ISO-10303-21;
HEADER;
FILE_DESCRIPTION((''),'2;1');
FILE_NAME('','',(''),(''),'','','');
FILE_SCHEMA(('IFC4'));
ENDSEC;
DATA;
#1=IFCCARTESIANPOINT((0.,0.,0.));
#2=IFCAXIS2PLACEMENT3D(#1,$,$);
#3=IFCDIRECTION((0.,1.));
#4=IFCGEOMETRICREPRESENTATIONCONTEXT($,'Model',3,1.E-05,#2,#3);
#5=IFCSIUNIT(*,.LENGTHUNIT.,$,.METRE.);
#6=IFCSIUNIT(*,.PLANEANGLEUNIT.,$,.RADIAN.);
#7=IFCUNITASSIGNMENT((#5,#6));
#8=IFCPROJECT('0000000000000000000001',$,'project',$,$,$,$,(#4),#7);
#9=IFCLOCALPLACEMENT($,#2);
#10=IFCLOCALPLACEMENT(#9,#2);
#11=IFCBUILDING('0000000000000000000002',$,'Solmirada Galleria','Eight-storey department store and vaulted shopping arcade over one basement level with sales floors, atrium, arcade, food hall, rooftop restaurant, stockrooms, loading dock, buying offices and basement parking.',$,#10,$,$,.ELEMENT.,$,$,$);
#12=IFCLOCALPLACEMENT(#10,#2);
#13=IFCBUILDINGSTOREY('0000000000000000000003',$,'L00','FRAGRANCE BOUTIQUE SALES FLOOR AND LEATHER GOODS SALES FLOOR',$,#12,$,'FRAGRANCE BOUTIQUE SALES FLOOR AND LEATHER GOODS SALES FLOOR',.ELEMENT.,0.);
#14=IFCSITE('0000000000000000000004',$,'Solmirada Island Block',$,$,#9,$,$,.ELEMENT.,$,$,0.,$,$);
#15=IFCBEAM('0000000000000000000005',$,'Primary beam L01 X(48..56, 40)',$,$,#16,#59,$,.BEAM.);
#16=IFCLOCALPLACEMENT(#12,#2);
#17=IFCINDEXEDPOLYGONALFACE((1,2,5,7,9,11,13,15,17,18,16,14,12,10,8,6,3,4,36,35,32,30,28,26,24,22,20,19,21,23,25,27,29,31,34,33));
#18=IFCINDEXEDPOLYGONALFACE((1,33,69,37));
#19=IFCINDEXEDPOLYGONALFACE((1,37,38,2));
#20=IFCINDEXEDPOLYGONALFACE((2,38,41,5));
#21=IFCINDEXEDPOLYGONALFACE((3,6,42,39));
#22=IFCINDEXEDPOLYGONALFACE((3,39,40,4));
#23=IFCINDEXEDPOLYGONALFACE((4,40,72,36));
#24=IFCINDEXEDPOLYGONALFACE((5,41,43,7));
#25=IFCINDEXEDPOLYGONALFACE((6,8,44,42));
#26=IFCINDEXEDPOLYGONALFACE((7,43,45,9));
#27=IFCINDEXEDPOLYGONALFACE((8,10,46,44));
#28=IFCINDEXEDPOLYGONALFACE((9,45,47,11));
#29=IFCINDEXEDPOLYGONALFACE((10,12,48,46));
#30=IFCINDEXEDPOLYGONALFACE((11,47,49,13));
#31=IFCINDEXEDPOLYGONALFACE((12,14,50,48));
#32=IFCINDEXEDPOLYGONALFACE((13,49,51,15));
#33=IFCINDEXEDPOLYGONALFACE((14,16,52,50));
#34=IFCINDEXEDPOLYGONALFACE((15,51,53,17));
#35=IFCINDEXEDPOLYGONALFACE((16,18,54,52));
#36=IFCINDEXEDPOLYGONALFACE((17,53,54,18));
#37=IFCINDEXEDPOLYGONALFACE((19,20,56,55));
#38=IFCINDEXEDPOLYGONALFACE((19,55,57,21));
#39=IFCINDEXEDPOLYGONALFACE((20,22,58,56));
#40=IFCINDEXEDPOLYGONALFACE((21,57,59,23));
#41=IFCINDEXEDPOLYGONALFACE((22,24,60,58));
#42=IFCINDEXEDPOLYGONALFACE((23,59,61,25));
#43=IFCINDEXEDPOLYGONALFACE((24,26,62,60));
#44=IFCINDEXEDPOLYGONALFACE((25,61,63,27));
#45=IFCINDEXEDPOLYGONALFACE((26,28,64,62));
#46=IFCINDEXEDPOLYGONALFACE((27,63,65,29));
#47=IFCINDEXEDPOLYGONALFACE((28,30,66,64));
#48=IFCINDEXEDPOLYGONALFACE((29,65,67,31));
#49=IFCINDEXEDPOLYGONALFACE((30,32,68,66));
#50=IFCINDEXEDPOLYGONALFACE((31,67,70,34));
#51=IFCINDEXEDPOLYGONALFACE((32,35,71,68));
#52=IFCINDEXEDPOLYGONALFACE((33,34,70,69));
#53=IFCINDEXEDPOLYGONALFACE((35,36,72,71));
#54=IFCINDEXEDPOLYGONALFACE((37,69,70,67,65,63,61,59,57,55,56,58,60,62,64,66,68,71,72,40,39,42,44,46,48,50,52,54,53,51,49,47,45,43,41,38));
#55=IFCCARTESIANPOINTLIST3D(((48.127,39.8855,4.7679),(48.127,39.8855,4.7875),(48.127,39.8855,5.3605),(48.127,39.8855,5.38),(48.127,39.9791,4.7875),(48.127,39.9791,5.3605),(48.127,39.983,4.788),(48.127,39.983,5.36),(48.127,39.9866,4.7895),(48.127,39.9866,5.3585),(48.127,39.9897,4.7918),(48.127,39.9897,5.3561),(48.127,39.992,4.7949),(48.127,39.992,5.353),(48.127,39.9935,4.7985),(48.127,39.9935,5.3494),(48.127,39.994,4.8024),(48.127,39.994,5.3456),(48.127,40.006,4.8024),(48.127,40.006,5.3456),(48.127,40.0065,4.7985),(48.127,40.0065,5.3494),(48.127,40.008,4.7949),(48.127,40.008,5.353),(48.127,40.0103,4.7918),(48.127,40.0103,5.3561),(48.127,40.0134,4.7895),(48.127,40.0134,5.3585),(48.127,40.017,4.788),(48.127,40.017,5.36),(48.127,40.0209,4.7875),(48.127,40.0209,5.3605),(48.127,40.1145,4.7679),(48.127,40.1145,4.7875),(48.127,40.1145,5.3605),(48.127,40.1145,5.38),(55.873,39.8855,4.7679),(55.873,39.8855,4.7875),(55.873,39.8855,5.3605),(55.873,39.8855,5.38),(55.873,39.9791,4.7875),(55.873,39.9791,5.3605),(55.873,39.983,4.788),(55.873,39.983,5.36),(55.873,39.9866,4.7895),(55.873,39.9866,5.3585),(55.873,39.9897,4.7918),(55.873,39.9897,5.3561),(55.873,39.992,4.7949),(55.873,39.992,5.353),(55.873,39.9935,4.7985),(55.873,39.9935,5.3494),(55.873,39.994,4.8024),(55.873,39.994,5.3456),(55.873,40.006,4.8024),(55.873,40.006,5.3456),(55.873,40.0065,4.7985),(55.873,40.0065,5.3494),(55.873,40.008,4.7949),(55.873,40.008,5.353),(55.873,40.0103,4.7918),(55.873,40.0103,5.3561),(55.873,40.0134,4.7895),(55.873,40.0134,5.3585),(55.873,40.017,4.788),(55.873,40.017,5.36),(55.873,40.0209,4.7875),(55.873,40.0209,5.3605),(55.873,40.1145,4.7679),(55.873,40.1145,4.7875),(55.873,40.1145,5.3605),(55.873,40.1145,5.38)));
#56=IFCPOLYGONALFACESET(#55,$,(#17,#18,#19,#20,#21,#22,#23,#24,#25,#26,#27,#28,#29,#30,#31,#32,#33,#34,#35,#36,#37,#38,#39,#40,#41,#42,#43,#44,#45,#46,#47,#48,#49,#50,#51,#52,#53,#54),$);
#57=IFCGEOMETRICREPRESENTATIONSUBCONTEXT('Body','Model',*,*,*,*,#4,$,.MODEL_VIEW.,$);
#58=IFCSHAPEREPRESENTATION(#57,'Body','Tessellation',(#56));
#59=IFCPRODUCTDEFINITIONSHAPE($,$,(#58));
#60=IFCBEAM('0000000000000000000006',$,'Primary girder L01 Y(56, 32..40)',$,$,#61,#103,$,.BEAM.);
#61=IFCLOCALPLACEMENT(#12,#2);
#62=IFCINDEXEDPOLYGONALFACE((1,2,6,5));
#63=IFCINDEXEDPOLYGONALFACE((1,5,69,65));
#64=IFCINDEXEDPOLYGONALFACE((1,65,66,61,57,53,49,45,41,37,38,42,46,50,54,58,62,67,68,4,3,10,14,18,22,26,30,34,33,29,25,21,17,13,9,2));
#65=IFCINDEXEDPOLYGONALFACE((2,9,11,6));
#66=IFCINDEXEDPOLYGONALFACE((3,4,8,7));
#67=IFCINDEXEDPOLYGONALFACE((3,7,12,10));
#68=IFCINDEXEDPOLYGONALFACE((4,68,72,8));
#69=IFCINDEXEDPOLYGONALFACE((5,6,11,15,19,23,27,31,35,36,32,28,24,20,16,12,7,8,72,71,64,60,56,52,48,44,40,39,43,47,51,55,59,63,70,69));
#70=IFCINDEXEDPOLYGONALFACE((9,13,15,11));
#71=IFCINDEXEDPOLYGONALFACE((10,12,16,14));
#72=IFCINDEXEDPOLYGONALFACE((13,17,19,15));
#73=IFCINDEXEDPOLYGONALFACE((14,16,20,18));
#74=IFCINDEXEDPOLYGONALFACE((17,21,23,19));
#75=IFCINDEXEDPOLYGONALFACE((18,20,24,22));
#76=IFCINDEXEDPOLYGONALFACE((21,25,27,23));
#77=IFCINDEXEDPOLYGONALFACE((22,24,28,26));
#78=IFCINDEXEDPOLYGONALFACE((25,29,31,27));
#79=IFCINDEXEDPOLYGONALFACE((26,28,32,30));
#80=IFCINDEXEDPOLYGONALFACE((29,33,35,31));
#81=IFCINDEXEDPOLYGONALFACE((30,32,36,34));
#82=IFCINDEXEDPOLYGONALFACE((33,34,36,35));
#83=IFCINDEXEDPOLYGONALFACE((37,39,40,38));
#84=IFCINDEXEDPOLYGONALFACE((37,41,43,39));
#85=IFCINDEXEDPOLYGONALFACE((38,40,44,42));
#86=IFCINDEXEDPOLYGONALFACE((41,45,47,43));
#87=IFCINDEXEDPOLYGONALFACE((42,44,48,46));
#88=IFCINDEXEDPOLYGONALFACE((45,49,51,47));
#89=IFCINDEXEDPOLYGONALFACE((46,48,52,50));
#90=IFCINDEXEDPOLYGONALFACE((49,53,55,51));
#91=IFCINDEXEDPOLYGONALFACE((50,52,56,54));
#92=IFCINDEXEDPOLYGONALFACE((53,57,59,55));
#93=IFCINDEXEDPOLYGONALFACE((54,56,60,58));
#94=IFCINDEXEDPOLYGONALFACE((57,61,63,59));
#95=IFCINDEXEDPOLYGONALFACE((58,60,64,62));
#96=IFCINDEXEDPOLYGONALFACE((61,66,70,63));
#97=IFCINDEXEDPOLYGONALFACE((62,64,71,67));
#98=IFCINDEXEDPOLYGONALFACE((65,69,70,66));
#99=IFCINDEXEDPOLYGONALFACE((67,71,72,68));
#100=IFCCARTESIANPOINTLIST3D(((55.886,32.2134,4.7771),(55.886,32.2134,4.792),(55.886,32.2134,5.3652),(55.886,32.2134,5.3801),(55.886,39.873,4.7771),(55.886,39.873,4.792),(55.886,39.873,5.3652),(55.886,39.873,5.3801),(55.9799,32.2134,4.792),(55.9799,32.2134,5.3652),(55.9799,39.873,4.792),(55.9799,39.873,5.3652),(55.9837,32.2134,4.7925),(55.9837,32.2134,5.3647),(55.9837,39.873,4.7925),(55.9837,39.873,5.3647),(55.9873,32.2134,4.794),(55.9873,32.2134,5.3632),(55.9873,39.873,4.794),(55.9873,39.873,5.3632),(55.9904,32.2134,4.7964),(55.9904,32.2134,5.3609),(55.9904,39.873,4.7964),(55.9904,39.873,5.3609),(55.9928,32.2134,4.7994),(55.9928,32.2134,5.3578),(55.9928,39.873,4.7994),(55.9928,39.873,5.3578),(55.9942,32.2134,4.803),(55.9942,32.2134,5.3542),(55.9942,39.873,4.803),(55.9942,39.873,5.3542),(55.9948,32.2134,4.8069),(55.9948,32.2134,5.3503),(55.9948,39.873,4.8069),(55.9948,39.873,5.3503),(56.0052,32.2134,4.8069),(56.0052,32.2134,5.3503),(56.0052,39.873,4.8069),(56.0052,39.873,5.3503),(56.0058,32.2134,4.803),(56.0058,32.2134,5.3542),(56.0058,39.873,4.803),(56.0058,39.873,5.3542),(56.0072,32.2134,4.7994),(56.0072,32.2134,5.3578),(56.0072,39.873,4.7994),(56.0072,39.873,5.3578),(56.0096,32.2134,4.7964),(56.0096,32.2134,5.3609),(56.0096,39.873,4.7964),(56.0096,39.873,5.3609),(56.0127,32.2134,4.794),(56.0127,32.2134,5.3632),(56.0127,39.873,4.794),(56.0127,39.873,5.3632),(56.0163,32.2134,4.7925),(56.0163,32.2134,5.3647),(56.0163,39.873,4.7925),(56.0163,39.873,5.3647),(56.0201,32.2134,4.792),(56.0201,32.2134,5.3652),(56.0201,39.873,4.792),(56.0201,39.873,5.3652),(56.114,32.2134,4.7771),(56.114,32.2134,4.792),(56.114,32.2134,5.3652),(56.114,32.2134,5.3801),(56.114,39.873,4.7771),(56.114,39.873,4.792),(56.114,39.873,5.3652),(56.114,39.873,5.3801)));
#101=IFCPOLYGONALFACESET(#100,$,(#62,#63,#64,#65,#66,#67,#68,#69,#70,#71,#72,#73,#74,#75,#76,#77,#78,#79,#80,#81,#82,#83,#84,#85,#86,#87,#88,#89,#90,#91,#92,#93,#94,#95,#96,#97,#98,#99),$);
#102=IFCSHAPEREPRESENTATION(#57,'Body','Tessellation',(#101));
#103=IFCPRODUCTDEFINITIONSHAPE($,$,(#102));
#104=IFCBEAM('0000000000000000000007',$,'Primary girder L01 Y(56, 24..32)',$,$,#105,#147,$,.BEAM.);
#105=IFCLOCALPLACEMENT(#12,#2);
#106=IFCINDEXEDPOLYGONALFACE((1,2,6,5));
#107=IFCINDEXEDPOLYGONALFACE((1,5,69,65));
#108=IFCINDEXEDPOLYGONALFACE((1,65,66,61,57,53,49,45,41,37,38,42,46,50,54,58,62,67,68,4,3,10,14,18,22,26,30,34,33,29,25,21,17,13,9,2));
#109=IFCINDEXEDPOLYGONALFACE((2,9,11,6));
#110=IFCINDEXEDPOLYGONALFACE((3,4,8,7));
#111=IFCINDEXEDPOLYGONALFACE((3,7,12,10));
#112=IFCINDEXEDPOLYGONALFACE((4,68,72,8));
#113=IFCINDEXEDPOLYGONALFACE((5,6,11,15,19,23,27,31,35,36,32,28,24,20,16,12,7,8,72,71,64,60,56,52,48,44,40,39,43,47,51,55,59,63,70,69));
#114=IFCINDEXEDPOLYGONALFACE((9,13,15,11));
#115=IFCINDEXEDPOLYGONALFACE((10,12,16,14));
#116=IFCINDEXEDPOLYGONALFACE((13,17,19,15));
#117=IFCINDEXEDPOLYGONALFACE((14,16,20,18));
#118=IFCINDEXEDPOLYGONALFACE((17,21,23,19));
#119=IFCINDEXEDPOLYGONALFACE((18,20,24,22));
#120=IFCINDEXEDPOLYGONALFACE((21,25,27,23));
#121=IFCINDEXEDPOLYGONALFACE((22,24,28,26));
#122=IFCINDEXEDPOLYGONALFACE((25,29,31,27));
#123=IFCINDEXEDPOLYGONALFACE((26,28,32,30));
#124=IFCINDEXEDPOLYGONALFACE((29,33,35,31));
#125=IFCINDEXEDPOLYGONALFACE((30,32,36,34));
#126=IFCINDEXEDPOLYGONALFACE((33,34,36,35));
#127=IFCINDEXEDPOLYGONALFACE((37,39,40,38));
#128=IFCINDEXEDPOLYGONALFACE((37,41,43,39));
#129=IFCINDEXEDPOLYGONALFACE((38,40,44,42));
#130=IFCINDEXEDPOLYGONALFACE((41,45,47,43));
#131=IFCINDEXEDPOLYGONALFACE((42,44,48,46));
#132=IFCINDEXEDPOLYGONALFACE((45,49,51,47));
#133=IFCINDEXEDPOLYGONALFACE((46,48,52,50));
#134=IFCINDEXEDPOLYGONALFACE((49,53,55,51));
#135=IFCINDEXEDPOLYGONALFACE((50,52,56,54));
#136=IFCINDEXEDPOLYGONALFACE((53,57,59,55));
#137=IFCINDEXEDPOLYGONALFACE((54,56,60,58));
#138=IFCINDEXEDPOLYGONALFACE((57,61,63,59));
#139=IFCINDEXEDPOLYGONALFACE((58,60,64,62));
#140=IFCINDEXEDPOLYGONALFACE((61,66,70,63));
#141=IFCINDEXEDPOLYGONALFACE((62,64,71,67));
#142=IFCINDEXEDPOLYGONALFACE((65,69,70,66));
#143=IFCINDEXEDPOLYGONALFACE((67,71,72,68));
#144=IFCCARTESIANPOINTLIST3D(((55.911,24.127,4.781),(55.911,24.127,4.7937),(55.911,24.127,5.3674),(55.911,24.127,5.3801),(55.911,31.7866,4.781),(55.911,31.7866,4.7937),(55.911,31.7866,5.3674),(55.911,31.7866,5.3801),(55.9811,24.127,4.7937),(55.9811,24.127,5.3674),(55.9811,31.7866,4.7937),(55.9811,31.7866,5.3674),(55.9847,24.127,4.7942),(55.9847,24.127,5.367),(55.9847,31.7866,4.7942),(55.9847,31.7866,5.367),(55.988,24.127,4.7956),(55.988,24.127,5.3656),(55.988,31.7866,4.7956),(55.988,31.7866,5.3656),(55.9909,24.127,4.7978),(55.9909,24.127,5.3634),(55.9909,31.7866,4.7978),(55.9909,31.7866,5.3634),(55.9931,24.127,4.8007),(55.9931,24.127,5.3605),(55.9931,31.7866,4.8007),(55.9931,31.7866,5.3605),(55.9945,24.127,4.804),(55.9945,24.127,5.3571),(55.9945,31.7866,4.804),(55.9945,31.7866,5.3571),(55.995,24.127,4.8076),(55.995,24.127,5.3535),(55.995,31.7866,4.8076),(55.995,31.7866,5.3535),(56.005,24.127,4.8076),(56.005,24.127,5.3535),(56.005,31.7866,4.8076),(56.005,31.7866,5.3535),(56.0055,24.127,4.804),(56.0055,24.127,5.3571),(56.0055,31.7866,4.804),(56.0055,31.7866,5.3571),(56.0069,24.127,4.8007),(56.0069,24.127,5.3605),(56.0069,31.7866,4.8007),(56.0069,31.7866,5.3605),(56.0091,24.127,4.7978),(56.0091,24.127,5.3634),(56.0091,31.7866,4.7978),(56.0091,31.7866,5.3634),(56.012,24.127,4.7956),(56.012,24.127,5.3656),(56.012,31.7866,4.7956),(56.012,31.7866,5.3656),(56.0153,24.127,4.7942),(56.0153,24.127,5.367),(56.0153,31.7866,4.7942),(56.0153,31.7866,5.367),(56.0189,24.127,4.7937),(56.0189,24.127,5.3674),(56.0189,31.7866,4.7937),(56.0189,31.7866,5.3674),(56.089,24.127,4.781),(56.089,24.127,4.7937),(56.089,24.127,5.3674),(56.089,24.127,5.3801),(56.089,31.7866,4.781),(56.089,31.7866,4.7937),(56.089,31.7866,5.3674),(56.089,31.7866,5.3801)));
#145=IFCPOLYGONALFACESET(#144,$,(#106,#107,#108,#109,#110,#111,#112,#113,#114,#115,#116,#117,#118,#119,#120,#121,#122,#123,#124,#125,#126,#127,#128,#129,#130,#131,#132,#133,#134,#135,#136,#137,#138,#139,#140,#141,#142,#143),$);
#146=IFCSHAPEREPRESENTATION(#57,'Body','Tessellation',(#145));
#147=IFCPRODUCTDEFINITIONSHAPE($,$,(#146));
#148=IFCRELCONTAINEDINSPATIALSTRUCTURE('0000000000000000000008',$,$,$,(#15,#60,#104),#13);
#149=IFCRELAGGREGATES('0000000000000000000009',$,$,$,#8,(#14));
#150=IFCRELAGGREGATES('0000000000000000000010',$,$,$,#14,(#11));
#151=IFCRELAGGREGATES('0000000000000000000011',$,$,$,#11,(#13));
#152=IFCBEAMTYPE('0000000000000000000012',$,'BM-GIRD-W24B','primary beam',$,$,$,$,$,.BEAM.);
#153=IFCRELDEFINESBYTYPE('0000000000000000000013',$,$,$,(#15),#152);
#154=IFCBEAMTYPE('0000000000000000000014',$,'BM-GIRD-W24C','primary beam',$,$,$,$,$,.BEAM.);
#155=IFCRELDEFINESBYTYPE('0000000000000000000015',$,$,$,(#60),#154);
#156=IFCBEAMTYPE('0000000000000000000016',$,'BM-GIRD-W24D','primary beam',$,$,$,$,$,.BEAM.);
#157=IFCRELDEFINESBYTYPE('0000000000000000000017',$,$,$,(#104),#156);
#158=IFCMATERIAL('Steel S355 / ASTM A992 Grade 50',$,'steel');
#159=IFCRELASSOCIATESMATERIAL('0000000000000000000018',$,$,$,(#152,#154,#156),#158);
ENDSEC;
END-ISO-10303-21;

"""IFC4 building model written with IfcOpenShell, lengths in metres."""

from ifc_helpers import new_model, si_unit, direction, frame, origin, origin_2d, place, context, subcontext, project, spatial, i_section, extrude, material, material_profile, profile_set, type_object, element, save


model = new_model("IFC4")

# Units and contexts
model_context = context("Model", 3, precision=1e-05, world=origin(), true_north=direction((0.0, 1.0)))
body_context = subcontext(model_context, "Body", "Model", "MODEL_VIEW")
ifc_project = project(units=[si_unit("LENGTHUNIT", "METRE"), si_unit("PLANEANGLEUNIT", "RADIAN")], contexts=[model_context])

# Site, building, storey
site_placement = place(None, origin())
site = spatial("IfcSite", under=ifc_project, at=site_placement, Name="Solmirada Island Block", CompositionType="ELEMENT", RefElevation=0.0)
building_placement = place(site_placement, origin())
building = spatial("IfcBuilding", under=site, at=building_placement, Name="Solmirada Galleria", Description="Eight-storey department store and vaulted shopping arcade over one basement level with sales floors, atrium, arcade, food hall, rooftop restaurant, stockrooms, loading dock, buying offices and basement parking.", CompositionType="ELEMENT")
storey_placement = place(building_placement, origin())
storey = spatial("IfcBuildingStorey", under=building, at=storey_placement, Name="L00", Description="FRAGRANCE BOUTIQUE SALES FLOOR AND LEATHER GOODS SALES FLOOR", LongName="FRAGRANCE BOUTIQUE SALES FLOOR AND LEATHER GOODS SALES FLOOR", CompositionType="ELEMENT", Elevation=0.0)

# Beams
ifc_material_1 = material(Name="Steel S355 / ASTM A992 Grade 50", Category="steel")
ifc_material_profile_1 = material_profile(ifc_material_1, i_section(OverallWidth=0.229, OverallDepth=0.6121, WebThickness=0.012, FlangeThickness=0.0195, FilletRadius=0.0149, at=origin_2d()), Name="W24X84")
ifc_profile_set_1 = profile_set([ifc_material_profile_1], Name="Steel S355 / ASTM A992 Grade 50")
beam_type_1 = type_object("IfcBeamType", Name="BM-GIRD-W24B", Description="primary beam", PredefinedType="BEAM", material=ifc_profile_set_1)
beam_1_placement = place(storey_placement, frame((48.127, 40.0, 5.074), z_axis=(1.0, 0.0, 0.0), x_axis=(0.0, 1.0, 0.0)))
element("IfcBeam", 1, at=beam_1_placement, inside=storey, type_object=beam_type_1, Name="Primary beam L01 X(48..56, 40)", PredefinedType="BEAM", context=body_context, shape_type="SweptSolid", body=[
    extrude(i_section(OverallWidth=0.229, OverallDepth=0.6121, WebThickness=0.012, FlangeThickness=0.0195, FilletRadius=0.0149, at=origin_2d()), origin(), (0.0, 0.0, 1.0), 7.7461),
])
ifc_material_profile_2 = material_profile(ifc_material_1, i_section(OverallWidth=0.228, OverallDepth=0.603, WebThickness=0.0105, FlangeThickness=0.0149, FilletRadius=0.0149, at=origin_2d()), Name="W24X68")
ifc_profile_set_2 = profile_set([ifc_material_profile_2], Name="Steel S355 / ASTM A992 Grade 50")
beam_type_2 = type_object("IfcBeamType", Name="BM-GIRD-W24C", Description="primary beam", PredefinedType="BEAM", material=ifc_profile_set_2)
beam_2_placement = place(storey_placement, frame((56.0, 32.2134, 5.0786), z_axis=(0.0, 1.0, 0.0), x_axis=(-1.0, 0.0, 0.0)))
element("IfcBeam", 2, at=beam_2_placement, inside=storey, type_object=beam_type_2, Name="Primary girder L01 Y(56, 32..40)", PredefinedType="BEAM", context=body_context, shape_type="SweptSolid", body=[
    extrude(i_section(OverallWidth=0.228, OverallDepth=0.603, WebThickness=0.0105, FlangeThickness=0.0149, FilletRadius=0.0149, at=origin_2d()), origin(), (0.0, 0.0, 1.0), 7.6597),
])
ifc_material_profile_3 = material_profile(ifc_material_1, i_section(OverallWidth=0.178, OverallDepth=0.5991, WebThickness=0.01, FlangeThickness=0.0127, FilletRadius=0.0139, at=origin_2d()), Name="W24X55")
ifc_profile_set_3 = profile_set([ifc_material_profile_3], Name="Steel S355 / ASTM A992 Grade 50")
beam_type_3 = type_object("IfcBeamType", Name="BM-GIRD-W24D", Description="primary beam", PredefinedType="BEAM", material=ifc_profile_set_3)
beam_3_placement = place(storey_placement, frame((56.0, 24.127, 5.0806), z_axis=(0.0, 1.0, 0.0), x_axis=(-1.0, 0.0, 0.0)))
element("IfcBeam", 3, at=beam_3_placement, inside=storey, type_object=beam_type_3, Name="Primary girder L01 Y(56, 24..32)", PredefinedType="BEAM", context=body_context, shape_type="SweptSolid", body=[
    extrude(i_section(OverallWidth=0.178, OverallDepth=0.5991, WebThickness=0.01, FlangeThickness=0.0127, FilletRadius=0.0139, at=origin_2d()), origin(), (0.0, 0.0, 1.0), 7.6597),
])

save(model, "model.ifc")
